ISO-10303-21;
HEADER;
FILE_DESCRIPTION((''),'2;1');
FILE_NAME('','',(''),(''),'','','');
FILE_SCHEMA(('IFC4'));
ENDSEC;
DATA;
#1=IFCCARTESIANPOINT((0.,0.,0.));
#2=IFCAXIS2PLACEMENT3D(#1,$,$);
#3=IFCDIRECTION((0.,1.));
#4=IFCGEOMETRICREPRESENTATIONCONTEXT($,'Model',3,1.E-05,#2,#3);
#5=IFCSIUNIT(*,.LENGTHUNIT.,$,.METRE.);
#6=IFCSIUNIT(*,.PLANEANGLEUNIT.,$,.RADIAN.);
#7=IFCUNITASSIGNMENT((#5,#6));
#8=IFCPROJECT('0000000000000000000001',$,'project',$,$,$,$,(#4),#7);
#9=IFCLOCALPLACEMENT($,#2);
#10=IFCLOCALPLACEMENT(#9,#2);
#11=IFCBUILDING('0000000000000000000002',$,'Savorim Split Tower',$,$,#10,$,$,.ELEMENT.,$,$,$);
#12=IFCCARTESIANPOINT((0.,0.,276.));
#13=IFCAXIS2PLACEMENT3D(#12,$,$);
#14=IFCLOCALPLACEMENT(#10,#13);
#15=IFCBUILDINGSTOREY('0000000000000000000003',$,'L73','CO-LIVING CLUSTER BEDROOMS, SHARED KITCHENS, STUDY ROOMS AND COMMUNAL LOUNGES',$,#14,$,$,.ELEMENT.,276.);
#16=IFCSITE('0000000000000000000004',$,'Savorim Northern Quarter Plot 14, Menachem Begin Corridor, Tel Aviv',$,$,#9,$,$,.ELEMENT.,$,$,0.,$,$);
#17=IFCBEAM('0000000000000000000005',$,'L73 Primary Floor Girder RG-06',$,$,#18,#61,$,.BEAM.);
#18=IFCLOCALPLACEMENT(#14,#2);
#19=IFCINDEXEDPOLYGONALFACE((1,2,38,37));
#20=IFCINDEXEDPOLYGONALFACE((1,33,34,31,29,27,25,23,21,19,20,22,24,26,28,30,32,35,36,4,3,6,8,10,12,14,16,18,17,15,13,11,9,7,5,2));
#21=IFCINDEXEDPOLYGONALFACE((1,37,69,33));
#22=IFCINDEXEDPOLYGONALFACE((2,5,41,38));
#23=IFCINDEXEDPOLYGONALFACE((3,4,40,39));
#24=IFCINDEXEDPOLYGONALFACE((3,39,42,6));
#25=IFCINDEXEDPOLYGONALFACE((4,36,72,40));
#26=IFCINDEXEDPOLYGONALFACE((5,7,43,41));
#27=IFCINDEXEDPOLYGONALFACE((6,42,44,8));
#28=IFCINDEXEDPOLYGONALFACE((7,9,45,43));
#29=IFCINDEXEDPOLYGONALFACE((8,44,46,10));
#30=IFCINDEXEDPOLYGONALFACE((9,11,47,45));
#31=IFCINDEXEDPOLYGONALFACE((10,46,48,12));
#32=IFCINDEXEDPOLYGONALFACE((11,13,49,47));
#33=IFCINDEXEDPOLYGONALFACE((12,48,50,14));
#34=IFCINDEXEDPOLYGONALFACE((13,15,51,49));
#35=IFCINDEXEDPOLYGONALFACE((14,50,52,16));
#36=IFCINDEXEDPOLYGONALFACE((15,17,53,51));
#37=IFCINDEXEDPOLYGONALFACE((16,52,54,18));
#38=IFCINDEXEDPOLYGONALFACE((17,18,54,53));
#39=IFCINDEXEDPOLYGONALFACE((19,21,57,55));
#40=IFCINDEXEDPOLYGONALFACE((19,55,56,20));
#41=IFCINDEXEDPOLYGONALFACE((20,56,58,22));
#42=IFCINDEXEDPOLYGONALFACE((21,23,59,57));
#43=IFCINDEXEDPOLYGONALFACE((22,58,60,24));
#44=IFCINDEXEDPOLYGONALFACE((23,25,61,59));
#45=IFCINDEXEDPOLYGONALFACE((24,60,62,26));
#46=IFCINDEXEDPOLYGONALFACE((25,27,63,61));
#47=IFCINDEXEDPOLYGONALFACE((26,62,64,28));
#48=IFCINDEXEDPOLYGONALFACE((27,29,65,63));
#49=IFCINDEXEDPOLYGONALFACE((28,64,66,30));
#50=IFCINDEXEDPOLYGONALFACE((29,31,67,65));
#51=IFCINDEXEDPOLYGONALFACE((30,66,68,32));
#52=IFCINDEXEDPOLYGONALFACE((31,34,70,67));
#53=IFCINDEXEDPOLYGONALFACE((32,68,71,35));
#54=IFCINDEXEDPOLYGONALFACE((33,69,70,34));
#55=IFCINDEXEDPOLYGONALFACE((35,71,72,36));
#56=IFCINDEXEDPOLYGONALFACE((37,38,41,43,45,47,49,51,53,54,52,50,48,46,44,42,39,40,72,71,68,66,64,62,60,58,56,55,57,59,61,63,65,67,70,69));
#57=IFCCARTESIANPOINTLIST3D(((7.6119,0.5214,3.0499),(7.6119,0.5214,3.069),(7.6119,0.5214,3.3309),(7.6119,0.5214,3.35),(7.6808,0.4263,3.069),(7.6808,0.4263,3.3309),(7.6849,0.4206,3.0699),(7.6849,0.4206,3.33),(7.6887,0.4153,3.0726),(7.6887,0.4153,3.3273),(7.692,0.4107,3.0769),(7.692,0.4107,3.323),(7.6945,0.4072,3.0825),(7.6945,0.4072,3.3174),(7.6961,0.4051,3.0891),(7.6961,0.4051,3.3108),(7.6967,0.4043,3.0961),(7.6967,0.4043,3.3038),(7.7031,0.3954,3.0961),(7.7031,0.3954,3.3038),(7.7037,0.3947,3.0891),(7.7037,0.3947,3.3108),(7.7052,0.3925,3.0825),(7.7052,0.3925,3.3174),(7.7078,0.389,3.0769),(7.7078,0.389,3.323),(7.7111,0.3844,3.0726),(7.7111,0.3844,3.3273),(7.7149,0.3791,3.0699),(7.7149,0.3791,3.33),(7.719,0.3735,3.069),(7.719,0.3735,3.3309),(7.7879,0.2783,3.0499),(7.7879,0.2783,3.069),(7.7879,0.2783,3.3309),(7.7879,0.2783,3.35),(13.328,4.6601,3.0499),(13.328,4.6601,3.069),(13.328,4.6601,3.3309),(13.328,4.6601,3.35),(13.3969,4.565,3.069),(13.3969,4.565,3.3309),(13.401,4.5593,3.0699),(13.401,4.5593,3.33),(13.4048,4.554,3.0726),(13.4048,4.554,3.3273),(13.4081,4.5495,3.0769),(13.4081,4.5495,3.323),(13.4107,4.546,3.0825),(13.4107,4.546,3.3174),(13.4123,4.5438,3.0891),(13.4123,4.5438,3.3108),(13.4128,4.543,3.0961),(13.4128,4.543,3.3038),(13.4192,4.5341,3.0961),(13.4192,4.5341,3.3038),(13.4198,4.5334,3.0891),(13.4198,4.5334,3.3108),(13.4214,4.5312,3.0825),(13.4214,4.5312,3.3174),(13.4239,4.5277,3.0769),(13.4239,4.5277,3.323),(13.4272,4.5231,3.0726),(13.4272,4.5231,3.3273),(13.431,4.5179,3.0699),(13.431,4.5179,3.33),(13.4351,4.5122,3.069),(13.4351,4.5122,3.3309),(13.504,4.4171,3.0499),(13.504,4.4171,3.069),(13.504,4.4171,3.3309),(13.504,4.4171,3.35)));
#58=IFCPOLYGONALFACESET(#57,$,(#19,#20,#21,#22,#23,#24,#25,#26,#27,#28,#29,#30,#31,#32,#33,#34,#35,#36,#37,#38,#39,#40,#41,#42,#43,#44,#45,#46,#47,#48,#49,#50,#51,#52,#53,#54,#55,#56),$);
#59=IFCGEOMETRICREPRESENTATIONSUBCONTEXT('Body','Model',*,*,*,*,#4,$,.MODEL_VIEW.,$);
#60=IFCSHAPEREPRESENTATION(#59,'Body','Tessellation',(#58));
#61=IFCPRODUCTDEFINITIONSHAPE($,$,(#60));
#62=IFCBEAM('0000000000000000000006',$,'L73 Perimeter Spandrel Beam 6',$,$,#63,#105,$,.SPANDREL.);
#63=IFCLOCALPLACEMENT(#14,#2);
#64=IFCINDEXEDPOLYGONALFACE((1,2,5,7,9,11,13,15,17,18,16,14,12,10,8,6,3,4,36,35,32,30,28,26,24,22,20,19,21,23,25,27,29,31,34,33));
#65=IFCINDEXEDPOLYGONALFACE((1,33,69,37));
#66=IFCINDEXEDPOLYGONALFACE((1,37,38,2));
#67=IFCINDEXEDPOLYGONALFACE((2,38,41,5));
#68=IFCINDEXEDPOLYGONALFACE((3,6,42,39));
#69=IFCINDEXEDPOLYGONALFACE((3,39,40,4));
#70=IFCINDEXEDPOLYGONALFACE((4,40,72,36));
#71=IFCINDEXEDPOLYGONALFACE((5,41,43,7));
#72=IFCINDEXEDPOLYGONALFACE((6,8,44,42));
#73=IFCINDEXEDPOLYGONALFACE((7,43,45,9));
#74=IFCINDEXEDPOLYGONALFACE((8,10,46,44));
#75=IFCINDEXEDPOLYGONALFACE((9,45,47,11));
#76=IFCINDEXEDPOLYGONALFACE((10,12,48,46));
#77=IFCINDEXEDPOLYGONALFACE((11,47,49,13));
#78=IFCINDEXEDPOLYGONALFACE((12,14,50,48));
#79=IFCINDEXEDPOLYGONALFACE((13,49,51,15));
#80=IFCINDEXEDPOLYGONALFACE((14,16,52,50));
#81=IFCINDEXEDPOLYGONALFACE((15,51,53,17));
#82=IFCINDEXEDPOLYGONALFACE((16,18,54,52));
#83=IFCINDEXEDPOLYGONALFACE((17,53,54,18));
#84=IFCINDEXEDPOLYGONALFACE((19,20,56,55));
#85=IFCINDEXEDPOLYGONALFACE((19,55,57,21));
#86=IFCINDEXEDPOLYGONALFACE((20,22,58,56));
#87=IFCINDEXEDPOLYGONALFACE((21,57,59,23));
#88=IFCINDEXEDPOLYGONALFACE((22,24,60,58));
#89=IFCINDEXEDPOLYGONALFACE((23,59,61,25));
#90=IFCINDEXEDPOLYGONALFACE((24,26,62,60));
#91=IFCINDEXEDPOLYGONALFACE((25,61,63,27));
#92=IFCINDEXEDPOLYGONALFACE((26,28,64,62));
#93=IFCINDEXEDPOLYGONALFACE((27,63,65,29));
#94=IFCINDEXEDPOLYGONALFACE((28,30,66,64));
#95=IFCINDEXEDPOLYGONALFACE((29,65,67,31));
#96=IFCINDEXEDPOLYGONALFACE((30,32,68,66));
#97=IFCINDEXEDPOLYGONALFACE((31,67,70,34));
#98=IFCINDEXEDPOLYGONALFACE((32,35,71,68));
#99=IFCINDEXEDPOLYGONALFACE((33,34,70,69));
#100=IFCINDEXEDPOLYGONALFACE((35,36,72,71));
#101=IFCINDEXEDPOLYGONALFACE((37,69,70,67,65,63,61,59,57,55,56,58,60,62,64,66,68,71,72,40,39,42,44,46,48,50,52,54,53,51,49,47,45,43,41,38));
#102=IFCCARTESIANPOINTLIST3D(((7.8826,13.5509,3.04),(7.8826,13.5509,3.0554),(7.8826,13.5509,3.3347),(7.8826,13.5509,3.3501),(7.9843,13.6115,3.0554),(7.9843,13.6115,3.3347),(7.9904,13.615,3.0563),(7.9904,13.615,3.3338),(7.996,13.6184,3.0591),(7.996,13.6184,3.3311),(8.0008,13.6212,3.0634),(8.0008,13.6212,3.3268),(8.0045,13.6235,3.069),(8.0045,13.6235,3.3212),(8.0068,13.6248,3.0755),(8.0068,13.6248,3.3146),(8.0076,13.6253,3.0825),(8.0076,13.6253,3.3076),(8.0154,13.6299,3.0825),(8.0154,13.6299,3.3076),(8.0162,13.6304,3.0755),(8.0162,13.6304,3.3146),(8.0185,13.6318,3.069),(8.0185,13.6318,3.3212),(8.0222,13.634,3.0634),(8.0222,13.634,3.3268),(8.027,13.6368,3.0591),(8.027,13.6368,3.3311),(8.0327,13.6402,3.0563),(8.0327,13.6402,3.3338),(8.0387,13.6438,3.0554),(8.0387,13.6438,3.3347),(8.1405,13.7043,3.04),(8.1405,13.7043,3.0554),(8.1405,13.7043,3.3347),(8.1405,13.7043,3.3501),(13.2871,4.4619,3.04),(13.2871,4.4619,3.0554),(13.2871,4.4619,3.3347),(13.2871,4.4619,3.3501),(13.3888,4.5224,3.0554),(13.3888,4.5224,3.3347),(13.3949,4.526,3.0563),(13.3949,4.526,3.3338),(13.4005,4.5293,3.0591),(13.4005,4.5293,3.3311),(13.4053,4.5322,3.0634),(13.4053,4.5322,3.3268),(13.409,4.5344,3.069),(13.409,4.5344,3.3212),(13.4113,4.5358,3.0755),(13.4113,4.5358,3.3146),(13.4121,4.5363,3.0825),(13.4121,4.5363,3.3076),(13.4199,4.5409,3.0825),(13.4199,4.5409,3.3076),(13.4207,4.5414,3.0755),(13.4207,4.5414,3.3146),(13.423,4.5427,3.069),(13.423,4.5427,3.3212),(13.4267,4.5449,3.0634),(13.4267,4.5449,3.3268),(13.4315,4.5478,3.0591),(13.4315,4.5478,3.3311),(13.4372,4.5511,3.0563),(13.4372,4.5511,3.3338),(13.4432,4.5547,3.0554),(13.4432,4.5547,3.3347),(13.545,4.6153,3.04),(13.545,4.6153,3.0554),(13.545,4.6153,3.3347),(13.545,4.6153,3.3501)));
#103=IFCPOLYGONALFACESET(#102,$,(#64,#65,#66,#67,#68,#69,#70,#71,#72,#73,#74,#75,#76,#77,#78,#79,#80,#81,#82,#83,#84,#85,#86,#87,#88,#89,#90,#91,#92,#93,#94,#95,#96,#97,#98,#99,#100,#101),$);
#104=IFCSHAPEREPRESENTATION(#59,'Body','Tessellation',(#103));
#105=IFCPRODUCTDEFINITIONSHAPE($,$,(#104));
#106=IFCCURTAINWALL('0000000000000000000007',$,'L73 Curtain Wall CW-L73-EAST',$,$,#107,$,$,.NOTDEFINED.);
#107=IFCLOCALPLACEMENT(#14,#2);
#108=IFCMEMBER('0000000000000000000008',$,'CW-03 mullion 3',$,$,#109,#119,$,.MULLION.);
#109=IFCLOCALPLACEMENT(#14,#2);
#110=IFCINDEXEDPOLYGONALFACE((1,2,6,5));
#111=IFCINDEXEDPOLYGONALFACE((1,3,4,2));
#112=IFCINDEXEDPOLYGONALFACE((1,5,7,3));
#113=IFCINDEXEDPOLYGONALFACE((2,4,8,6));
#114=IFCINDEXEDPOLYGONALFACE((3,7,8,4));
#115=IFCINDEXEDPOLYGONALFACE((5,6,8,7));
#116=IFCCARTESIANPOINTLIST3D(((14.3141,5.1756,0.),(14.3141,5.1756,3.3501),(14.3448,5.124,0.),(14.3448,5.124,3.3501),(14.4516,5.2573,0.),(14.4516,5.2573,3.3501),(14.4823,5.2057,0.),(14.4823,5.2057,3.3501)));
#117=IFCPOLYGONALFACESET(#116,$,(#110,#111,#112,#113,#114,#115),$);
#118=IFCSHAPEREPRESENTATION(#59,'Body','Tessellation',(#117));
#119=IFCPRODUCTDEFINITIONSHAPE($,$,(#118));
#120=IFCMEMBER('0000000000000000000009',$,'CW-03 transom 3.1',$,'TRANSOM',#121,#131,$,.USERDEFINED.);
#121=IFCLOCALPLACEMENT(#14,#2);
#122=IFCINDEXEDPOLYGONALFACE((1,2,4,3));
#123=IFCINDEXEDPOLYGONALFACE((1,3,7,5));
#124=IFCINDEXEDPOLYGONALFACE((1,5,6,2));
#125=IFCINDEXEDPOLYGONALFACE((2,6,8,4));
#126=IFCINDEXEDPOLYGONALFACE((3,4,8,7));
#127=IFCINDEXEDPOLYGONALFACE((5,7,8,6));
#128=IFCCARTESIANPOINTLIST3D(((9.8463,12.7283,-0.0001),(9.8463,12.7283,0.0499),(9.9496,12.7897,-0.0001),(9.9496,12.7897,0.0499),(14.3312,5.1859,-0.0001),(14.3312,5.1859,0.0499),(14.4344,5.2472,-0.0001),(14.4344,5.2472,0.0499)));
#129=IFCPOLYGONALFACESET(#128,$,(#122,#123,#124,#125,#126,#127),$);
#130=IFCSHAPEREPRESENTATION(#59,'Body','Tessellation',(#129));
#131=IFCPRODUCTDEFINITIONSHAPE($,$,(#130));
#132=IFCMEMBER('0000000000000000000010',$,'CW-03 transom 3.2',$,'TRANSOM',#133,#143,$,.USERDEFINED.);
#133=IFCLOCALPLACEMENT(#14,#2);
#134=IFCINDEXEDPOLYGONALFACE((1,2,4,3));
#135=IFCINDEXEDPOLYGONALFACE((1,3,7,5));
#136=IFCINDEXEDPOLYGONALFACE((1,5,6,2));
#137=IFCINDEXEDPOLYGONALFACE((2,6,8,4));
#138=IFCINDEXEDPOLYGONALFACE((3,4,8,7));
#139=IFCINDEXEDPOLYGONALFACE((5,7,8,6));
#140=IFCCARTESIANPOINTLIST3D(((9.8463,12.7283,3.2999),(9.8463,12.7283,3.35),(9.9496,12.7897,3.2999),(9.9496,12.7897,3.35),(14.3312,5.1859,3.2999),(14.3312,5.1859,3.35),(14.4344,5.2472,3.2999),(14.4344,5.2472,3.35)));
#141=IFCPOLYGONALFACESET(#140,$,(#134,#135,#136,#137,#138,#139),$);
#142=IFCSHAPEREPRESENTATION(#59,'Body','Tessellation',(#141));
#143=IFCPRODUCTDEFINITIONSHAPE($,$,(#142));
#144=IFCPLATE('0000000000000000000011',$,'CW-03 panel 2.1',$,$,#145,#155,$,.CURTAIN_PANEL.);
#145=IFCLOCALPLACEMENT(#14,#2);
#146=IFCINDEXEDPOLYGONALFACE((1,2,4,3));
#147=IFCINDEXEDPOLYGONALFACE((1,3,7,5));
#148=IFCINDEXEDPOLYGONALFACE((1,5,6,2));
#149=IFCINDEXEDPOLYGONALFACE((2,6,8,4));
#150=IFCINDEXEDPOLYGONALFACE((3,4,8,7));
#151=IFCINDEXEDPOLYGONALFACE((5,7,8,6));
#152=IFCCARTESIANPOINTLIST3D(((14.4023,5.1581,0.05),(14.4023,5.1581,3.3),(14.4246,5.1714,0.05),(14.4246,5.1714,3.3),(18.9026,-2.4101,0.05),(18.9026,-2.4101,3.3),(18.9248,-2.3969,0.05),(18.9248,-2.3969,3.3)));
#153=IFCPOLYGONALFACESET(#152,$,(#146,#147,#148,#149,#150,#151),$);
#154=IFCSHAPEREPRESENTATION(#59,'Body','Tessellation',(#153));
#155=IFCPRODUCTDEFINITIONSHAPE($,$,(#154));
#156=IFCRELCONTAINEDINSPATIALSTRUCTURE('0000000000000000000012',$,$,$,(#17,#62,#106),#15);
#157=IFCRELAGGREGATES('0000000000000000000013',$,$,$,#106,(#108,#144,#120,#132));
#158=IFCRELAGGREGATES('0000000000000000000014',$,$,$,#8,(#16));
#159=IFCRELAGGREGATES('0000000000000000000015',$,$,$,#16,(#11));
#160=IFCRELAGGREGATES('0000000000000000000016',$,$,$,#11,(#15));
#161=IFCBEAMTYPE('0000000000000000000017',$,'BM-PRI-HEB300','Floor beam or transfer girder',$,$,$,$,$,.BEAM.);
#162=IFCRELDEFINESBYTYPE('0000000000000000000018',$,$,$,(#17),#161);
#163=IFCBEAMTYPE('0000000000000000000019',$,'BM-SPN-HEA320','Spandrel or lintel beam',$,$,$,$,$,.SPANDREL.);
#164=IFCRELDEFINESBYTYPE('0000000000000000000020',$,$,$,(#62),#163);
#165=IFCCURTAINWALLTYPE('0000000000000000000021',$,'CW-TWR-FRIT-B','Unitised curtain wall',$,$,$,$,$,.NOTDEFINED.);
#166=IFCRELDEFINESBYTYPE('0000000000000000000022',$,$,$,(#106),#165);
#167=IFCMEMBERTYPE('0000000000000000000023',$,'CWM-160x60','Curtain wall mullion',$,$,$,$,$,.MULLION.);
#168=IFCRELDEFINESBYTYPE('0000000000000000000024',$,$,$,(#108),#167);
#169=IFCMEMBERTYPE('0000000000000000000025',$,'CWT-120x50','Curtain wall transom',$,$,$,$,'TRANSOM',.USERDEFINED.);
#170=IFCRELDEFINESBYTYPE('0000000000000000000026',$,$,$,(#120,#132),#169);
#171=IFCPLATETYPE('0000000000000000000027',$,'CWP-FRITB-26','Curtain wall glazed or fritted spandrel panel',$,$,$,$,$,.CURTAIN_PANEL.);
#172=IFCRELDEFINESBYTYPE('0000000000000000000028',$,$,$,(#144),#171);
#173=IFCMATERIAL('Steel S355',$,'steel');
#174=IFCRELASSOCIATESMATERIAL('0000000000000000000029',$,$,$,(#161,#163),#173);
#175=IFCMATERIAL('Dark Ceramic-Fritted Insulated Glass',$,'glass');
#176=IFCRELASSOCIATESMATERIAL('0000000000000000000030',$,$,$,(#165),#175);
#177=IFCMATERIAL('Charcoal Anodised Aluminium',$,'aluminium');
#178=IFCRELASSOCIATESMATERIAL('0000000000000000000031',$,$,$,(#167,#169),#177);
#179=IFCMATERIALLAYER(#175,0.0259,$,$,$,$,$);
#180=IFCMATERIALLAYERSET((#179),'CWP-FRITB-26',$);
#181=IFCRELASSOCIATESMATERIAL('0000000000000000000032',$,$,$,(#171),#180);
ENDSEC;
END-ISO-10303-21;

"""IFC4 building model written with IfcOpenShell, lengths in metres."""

from ifc_helpers import new_model, si_unit, direction, frame, origin, origin_2d, place, context, subcontext, project, spatial, rectangle, i_section, extrude, material, layer, layer_set, material_profile, profile_set, type_object, element, aggregate, save


model = new_model("IFC4")

# Units and contexts
model_context = context("Model", 3, precision=1e-05, world=origin(), true_north=direction((0.0, 1.0)))
body_context = subcontext(model_context, "Body", "Model", "MODEL_VIEW")
ifc_project = project(units=[si_unit("LENGTHUNIT", "METRE"), si_unit("PLANEANGLEUNIT", "RADIAN")], contexts=[model_context])

# Site, building, storey
site_placement = place(None, origin())
site = spatial("IfcSite", under=ifc_project, at=site_placement, Name="Savorim Northern Quarter Plot 14, Menachem Begin Corridor, Tel Aviv", CompositionType="ELEMENT", RefElevation=0.0)
building_placement = place(site_placement, origin())
building = spatial("IfcBuilding", under=site, at=building_placement, Name="Savorim Split Tower", CompositionType="ELEMENT")
storey_placement = place(building_placement, frame((0.0, 0.0, 276.0)))
storey = spatial("IfcBuildingStorey", under=building, at=storey_placement, Name="L73", Description="CO-LIVING CLUSTER BEDROOMS, SHARED KITCHENS, STUDY ROOMS AND COMMUNAL LOUNGES", CompositionType="ELEMENT", Elevation=276.0)

# Shared definitions
ifc_material_1 = material(Name="Steel S355", Category="steel")

# Beams
ifc_material_profile_1 = material_profile(ifc_material_1, i_section(OverallWidth=0.3, OverallDepth=0.3, WebThickness=0.011, FlangeThickness=0.019, FilletRadius=0.0271, at=origin_2d()), Name="HEB 300")
ifc_profile_set_1 = profile_set([ifc_material_profile_1], Name="Steel S355")
beam_type_1 = type_object("IfcBeamType", Name="BM-PRI-HEB300", Description="Floor beam or transfer girder", PredefinedType="BEAM", material=ifc_profile_set_1)
beam_1_placement = place(storey_placement, frame((13.416, 4.5386, 3.2), z_axis=(-0.809979, -0.586459, 0.0), x_axis=(0.586459, -0.809979, 0.0)))
element("IfcBeam", 1, at=beam_1_placement, inside=storey, type_object=beam_type_1, Name="L73 Primary Floor Girder RG-06", PredefinedType="BEAM", context=body_context, shape_type="SweptSolid", body=[
    extrude(i_section(OverallWidth=0.3, OverallDepth=0.3, WebThickness=0.011, FlangeThickness=0.019, FilletRadius=0.0271, at=origin_2d()), origin(), (0.0, 0.0, 1.0), 7.0571),
])
ifc_material_profile_2 = material_profile(ifc_material_1, i_section(OverallWidth=0.3, OverallDepth=0.3101, WebThickness=0.009, FlangeThickness=0.0154, FilletRadius=0.0271, at=origin_2d()), Name="HEA 320")
ifc_profile_set_2 = profile_set([ifc_material_profile_2], Name="Steel S355")
beam_type_2 = type_object("IfcBeamType", Name="BM-SPN-HEA320", Description="Spandrel or lintel beam", PredefinedType="SPANDREL", material=ifc_profile_set_2)
beam_2_placement = place(storey_placement, frame((13.416, 4.5386, 3.1951), z_axis=(-0.51109, 0.859527, 0.0), x_axis=(-0.859527, -0.51109, 0.0)))
element("IfcBeam", 2, at=beam_2_placement, inside=storey, type_object=beam_type_2, Name="L73 Perimeter Spandrel Beam 6", PredefinedType="SPANDREL", context=body_context, shape_type="SweptSolid", body=[
    extrude(i_section(OverallWidth=0.3, OverallDepth=0.3101, WebThickness=0.009, FlangeThickness=0.0154, FilletRadius=0.0271, at=origin_2d()), origin(), (0.0, 0.0, 1.0), 10.5745),
])

# Curtain wall, members, plate
ifc_material_2 = material(Name="Dark Ceramic-Fritted Insulated Glass", Category="glass")
curtain_wall_type = type_object("IfcCurtainWallType", Name="CW-TWR-FRIT-B", Description="Unitised curtain wall", PredefinedType="NOTDEFINED", material=ifc_material_2)
curtain_wall_placement = place(storey_placement, origin())
curtain_wall = element("IfcCurtainWall", 3, at=curtain_wall_placement, inside=storey, type_object=curtain_wall_type, Name="L73 Curtain Wall CW-L73-EAST", PredefinedType="NOTDEFINED")
ifc_material_3 = material(Name="Charcoal Anodised Aluminium", Category="aluminium")
ifc_material_profile_3 = material_profile(ifc_material_3, rectangle(XDim=0.1599, YDim=0.0601, at=origin_2d()), Name="ALU-M 160x60")
ifc_profile_set_3 = profile_set([ifc_material_profile_3], Name="Charcoal Anodised Aluminium")
member_type_1 = type_object("IfcMemberType", Name="CWM-160x60", Description="Curtain wall mullion", PredefinedType="MULLION", material=ifc_profile_set_3)
member_1_placement = place(storey_placement, frame((14.3982, 5.1907, 0.0), z_axis=(0.0, 0.0, 1.0), x_axis=(-0.859526, -0.511092, 0.0)))
member_1 = element("IfcMember", 4, at=member_1_placement, type_object=member_type_1, Name="CW-03 mullion 3", PredefinedType="MULLION", context=body_context, shape_type="SweptSolid", body=[
    extrude(rectangle(XDim=0.1599, YDim=0.0601, at=origin_2d()), origin(), (0.0, 0.0, 1.0), 3.3501),
])
ifc_material_profile_4 = material_profile(ifc_material_3, rectangle(XDim=0.1201, YDim=0.05, at=origin_2d()), Name="ALU-T 120x50")
ifc_profile_set_4 = profile_set([ifc_material_profile_4], Name="Charcoal Anodised Aluminium")
member_type_2 = type_object("IfcMemberType", Name="CWT-120x50", Description="Curtain wall transom", ElementType="TRANSOM", PredefinedType="USERDEFINED", material=ifc_profile_set_4)
member_2_placement = place(storey_placement, frame((14.3828, 5.2166, 0.0249), z_axis=(-0.511088, 0.859529, 0.0), x_axis=(-0.859529, -0.511088, 0.0)))
member_2 = element("IfcMember", 5, at=member_2_placement, type_object=member_type_2, Name="CW-03 transom 3.1", ObjectType="TRANSOM", PredefinedType="USERDEFINED", context=body_context, shape_type="SweptSolid", body=[
    extrude(rectangle(XDim=0.1201, YDim=0.05, at=origin_2d()), origin(), (0.0, 0.0, 1.0), 8.7751),
])
member_3_placement = place(storey_placement, frame((14.3828, 5.2166, 3.325), z_axis=(-0.511088, 0.859529, 0.0), x_axis=(-0.859529, -0.511088, 0.0)))
member_3 = element("IfcMember", 6, at=member_3_placement, type_object=member_type_2, Name="CW-03 transom 3.2", ObjectType="TRANSOM", PredefinedType="USERDEFINED", context=body_context, shape_type="SweptSolid", body=[
    extrude(rectangle(XDim=0.1201, YDim=0.05, at=origin_2d()), origin(), (0.0, 0.0, 1.0), 8.7751),
])
ifc_layer_1 = layer(ifc_material_2, 0.0259)
ifc_layer_set_1 = layer_set([ifc_layer_1], Name="CWP-FRITB-26")
plate_type = type_object("IfcPlateType", Name="CWP-FRITB-26", Description="Curtain wall glazed or fritted spandrel panel", PredefinedType="CURTAIN_PANEL", material=ifc_layer_set_1)
plate_placement = place(storey_placement, frame((16.6636, 1.3806, 0.05), z_axis=(0.0, 0.0, 1.0), x_axis=(-0.511092, 0.859526, 0.0)))
plate = element("IfcPlate", 7, at=plate_placement, type_object=plate_type, Name="CW-03 panel 2.1", PredefinedType="CURTAIN_PANEL", context=body_context, shape_type="SweptSolid", body=[
    extrude(rectangle(XDim=8.8052, YDim=0.0259, at=origin_2d()), origin(), (0.0, 0.0, 1.0), 3.25),
])
aggregate(curtain_wall, [member_1, plate, member_2, member_3])

save(model, "model.ifc")
